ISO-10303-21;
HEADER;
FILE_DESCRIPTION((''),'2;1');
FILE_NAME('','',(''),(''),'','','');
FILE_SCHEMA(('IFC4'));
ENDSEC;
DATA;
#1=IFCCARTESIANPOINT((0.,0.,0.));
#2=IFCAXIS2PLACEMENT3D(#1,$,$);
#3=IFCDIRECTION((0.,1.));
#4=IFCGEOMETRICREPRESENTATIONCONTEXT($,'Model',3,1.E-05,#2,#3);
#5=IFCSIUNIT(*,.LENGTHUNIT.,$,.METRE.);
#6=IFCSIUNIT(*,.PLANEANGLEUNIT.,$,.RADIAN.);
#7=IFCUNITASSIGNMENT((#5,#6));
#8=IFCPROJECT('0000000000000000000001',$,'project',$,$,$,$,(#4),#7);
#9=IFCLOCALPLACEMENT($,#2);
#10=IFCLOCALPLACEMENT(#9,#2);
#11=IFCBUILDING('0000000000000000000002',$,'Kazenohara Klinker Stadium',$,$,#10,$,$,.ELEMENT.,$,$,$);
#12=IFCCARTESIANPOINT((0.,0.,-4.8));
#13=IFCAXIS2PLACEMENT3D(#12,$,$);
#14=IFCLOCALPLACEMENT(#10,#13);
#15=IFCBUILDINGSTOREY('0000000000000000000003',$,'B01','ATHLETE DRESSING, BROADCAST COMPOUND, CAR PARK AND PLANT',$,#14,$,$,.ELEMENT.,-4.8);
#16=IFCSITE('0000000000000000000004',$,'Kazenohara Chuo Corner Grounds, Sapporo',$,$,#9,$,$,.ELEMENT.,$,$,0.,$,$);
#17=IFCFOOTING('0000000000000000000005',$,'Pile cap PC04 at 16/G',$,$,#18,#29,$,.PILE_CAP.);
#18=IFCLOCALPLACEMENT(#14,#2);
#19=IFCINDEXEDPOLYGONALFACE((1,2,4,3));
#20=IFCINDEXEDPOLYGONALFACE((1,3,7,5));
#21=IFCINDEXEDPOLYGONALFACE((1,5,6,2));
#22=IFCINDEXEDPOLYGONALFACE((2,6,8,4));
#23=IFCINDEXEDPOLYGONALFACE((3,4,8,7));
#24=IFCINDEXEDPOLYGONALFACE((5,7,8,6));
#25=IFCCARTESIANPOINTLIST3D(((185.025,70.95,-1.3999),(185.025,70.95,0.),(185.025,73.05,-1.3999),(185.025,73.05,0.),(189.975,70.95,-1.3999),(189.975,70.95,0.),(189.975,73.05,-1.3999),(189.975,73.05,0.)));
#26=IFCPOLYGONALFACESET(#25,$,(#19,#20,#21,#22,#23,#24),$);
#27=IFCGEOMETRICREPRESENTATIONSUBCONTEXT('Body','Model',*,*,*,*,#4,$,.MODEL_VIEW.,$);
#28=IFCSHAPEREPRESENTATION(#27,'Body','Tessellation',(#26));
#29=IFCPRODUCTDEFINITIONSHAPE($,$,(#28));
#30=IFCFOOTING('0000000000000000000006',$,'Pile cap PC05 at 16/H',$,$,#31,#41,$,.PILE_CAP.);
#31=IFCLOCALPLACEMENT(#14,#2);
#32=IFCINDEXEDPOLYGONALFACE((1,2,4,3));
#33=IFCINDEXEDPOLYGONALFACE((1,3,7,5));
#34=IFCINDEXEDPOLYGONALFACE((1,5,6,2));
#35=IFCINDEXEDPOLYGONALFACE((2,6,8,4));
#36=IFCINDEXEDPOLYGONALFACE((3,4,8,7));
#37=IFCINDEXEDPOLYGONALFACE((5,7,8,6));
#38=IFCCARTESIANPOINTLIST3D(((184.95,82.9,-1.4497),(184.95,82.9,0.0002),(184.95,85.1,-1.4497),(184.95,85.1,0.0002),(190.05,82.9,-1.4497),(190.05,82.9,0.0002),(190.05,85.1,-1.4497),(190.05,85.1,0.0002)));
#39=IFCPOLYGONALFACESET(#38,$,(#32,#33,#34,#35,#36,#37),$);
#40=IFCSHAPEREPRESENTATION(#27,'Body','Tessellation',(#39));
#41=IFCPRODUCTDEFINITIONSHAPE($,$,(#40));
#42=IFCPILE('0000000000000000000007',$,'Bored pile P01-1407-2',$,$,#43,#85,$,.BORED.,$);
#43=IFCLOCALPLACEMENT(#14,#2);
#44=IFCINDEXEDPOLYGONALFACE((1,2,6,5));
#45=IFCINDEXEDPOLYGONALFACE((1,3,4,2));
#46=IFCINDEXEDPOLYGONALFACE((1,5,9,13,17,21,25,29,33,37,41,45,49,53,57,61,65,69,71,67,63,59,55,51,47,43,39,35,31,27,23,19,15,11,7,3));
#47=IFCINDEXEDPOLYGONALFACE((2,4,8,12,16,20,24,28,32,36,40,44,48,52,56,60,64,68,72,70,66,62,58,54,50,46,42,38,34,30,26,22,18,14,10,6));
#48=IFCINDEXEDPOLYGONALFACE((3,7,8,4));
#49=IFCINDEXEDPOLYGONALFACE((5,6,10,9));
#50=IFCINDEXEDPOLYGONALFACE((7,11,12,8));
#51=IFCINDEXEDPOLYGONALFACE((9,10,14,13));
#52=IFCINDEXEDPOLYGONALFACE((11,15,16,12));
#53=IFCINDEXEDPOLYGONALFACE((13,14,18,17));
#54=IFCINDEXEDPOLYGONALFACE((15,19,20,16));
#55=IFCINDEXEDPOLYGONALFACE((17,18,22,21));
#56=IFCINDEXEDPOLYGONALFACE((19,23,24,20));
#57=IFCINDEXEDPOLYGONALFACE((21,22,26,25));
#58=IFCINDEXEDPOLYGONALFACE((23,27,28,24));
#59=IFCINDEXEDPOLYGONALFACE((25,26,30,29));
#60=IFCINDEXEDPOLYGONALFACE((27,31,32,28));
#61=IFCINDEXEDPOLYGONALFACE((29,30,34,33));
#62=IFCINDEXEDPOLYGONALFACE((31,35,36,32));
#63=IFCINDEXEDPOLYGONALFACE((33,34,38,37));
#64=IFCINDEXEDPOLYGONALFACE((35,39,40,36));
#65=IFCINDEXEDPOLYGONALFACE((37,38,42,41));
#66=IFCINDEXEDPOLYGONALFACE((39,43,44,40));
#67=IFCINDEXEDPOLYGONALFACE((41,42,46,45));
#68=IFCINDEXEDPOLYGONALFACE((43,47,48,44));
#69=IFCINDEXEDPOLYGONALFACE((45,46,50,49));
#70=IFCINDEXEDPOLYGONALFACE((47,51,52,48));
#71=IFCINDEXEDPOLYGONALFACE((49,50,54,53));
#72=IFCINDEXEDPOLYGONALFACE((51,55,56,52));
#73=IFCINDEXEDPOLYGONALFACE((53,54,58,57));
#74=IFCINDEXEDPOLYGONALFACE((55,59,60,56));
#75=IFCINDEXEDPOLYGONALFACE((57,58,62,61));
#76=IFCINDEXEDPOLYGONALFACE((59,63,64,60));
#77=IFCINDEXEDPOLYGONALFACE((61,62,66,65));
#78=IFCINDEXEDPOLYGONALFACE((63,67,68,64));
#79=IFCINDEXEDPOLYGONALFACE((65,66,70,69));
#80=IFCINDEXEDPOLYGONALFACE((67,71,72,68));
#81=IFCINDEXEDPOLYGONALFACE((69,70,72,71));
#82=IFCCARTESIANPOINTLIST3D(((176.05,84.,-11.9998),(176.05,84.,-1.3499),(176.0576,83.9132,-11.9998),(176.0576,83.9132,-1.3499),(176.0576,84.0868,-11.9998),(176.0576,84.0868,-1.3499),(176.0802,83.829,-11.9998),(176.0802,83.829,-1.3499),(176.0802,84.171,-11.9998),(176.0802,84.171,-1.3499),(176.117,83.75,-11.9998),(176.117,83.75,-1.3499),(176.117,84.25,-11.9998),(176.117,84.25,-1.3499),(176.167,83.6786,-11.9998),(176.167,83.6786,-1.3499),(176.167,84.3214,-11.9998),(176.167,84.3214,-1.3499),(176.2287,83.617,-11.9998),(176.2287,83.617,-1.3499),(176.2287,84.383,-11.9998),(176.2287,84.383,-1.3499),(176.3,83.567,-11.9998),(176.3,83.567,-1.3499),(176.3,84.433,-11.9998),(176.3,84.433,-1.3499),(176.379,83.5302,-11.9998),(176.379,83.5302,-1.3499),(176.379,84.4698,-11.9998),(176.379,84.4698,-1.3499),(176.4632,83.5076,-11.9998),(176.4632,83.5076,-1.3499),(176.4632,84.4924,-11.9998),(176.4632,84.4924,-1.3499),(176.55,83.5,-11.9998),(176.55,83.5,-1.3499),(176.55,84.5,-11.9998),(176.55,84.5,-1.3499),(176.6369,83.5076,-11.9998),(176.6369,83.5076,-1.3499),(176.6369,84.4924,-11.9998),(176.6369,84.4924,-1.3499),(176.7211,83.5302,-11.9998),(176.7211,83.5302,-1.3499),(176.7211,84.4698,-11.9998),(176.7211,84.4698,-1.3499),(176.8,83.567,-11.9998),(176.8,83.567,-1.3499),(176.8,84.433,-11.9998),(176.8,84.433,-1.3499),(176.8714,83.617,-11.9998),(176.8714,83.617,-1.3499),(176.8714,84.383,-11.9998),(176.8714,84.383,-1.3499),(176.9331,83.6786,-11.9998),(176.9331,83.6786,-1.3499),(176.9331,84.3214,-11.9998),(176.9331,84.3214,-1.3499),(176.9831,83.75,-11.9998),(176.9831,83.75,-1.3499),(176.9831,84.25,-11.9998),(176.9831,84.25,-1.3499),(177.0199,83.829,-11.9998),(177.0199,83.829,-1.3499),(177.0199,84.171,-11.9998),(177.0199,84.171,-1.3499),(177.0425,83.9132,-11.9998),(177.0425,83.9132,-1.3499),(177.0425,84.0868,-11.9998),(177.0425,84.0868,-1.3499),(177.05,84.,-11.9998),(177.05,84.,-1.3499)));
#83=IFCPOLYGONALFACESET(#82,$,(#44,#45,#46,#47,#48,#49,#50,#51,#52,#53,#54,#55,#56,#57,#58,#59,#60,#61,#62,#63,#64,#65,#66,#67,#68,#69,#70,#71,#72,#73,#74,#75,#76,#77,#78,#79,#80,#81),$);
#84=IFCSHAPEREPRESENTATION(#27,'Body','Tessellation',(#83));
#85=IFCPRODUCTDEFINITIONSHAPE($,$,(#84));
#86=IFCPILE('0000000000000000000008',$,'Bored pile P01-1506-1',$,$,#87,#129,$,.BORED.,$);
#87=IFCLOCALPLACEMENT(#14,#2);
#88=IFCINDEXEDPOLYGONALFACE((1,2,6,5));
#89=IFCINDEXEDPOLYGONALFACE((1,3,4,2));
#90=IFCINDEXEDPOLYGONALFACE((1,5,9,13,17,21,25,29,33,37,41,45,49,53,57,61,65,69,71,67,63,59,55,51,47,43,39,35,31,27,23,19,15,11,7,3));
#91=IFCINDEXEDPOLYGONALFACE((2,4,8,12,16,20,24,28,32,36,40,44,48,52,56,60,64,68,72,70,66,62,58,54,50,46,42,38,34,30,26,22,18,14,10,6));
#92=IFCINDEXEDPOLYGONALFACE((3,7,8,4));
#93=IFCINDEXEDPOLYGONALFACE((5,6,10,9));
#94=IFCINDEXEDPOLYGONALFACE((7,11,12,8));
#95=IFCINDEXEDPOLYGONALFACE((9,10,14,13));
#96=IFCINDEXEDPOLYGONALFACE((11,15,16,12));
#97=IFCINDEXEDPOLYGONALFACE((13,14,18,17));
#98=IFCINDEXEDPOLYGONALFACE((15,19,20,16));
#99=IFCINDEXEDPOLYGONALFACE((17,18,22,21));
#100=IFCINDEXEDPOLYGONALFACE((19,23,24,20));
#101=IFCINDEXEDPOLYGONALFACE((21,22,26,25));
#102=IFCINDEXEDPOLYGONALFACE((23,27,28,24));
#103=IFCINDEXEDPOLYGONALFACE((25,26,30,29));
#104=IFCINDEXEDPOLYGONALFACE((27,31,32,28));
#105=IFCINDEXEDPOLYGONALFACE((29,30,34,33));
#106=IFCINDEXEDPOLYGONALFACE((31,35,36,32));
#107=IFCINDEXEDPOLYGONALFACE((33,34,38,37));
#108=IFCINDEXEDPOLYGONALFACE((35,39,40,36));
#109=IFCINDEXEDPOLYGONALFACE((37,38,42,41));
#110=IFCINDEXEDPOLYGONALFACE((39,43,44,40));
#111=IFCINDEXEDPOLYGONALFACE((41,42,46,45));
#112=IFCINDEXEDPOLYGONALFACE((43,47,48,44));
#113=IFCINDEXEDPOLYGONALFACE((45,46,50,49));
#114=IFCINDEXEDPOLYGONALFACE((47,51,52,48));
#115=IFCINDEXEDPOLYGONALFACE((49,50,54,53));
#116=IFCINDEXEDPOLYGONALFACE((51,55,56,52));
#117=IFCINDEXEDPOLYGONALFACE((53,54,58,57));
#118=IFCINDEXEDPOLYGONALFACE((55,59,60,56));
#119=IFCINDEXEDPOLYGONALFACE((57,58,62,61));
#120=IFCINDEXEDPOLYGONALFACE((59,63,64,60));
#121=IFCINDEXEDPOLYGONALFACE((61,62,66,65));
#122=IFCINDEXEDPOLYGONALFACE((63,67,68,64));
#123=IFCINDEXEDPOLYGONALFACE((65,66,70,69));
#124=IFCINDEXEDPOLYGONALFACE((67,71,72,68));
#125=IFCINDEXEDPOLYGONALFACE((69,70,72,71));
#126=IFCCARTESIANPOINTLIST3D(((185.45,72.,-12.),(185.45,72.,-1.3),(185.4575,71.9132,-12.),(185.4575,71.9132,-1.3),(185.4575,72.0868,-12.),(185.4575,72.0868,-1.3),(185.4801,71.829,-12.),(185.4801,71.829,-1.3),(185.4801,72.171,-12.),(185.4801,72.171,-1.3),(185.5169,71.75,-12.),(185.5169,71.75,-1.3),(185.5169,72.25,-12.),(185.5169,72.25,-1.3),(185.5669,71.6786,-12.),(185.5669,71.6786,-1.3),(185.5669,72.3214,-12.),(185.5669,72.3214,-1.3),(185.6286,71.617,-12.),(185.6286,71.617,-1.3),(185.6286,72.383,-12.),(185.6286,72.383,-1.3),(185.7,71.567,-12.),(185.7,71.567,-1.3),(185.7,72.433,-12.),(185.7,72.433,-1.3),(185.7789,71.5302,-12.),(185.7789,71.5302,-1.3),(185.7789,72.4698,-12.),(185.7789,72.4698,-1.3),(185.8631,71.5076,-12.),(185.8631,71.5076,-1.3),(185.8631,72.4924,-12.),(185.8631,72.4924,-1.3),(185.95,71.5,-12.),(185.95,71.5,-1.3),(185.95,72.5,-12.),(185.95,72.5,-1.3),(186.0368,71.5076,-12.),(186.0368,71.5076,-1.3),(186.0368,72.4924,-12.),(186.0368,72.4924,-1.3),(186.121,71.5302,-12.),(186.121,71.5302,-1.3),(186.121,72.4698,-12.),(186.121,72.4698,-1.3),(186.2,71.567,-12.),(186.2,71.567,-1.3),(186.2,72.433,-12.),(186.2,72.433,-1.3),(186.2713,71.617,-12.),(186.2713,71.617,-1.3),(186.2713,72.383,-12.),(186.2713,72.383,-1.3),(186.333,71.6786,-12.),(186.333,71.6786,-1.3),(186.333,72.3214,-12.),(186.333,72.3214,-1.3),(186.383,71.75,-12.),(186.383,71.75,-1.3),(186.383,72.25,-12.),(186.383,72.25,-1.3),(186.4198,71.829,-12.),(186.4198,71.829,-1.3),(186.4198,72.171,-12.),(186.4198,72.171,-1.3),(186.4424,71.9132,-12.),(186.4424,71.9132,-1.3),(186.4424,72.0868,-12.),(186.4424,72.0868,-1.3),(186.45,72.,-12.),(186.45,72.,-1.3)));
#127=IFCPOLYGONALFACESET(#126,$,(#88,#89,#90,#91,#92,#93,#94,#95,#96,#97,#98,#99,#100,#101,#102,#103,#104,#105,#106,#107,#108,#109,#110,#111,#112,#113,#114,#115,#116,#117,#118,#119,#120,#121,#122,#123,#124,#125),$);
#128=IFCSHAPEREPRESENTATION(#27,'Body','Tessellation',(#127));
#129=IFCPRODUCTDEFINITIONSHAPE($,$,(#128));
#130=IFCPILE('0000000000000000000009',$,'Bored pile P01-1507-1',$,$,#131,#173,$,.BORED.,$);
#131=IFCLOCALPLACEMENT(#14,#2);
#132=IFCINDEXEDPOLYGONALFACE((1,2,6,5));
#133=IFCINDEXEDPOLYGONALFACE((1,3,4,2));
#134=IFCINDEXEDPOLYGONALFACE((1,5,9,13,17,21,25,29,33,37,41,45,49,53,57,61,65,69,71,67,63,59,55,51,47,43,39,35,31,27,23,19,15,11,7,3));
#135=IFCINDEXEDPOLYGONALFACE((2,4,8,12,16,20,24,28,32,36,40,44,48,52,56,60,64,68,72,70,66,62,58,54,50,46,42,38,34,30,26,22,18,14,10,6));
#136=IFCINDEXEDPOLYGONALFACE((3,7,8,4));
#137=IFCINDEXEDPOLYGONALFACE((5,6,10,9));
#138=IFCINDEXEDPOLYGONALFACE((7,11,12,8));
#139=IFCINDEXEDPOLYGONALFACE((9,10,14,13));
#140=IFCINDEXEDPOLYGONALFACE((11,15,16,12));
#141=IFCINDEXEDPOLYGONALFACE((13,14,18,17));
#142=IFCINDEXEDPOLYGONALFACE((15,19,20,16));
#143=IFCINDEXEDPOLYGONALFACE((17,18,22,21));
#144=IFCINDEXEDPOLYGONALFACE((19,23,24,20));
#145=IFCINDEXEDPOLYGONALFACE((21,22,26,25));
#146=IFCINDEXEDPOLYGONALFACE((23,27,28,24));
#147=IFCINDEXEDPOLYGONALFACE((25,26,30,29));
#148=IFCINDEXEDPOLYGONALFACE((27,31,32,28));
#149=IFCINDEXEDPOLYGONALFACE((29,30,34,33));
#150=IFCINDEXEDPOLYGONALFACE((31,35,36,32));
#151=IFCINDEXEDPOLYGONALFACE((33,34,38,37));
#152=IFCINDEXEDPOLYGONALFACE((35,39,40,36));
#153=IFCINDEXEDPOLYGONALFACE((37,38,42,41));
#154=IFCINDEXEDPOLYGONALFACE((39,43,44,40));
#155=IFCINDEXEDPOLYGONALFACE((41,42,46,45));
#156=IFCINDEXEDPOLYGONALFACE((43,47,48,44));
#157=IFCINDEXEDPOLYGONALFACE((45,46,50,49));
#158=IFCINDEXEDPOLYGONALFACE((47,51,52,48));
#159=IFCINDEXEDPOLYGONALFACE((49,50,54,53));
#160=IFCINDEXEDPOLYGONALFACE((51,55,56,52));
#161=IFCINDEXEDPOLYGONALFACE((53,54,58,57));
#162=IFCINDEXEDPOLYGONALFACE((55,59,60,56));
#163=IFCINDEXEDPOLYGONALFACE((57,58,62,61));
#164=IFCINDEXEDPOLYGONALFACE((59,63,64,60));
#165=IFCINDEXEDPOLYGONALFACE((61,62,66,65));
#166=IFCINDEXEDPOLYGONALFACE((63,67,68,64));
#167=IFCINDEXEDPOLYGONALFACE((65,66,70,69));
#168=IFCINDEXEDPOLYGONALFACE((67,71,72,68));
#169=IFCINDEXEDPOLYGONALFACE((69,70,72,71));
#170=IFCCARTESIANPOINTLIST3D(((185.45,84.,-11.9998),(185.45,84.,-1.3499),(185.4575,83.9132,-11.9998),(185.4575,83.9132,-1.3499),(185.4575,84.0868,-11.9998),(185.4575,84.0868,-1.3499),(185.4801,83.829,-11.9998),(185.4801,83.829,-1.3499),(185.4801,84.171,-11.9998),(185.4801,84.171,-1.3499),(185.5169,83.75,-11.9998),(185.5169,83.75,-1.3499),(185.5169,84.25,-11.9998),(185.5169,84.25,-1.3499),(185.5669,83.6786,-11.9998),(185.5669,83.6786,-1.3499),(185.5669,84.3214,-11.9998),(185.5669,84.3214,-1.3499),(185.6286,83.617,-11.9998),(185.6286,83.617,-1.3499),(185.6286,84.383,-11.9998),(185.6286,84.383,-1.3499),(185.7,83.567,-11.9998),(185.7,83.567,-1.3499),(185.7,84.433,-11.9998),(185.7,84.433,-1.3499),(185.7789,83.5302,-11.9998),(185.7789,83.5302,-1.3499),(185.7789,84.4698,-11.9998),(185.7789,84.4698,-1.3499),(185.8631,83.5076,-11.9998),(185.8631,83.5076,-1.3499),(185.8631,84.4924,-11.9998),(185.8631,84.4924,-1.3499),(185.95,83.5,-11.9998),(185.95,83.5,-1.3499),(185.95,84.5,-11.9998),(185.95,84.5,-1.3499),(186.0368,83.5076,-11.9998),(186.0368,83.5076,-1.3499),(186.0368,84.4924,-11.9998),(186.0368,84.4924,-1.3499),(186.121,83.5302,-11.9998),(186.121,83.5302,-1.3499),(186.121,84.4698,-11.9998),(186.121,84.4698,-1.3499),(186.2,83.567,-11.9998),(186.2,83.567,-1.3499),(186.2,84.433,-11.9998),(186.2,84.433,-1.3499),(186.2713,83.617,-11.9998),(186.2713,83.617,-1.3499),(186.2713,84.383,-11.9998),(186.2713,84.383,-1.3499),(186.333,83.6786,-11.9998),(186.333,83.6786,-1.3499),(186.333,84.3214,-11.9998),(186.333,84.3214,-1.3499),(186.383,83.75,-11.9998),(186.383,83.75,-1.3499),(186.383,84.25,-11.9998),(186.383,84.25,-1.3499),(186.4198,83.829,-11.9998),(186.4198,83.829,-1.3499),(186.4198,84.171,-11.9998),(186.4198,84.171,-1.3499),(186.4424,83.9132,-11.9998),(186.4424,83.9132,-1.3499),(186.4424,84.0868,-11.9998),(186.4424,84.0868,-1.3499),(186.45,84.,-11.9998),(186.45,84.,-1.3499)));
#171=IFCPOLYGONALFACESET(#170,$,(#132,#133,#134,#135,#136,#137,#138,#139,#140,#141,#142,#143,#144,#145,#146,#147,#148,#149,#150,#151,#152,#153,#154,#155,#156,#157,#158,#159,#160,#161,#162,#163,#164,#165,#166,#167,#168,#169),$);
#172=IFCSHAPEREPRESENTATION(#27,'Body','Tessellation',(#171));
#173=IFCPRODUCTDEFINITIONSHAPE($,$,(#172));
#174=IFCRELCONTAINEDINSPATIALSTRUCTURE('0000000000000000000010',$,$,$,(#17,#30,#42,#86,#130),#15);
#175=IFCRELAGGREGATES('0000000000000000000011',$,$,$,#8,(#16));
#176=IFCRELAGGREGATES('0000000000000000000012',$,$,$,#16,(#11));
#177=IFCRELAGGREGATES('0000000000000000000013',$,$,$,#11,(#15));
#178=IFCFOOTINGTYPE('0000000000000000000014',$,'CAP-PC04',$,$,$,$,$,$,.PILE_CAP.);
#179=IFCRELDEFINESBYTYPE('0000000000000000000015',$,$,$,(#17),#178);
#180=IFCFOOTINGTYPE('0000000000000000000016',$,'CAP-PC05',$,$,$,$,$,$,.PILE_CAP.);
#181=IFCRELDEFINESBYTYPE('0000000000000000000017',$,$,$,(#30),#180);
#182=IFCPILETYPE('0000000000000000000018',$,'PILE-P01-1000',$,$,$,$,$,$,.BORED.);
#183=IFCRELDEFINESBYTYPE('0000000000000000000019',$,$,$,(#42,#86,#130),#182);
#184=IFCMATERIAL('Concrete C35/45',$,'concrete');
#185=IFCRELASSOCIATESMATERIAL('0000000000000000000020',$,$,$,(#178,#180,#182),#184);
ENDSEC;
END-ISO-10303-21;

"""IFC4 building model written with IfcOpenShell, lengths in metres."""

from ifc_helpers import new_model, si_unit, direction, frame, origin, origin_2d, place, context, subcontext, project, spatial, rectangle, circle, extrude, material, material_profile, profile_set, type_object, element, save


model = new_model("IFC4")

# Units and contexts
model_context = context("Model", 3, precision=1e-05, world=origin(), true_north=direction((0.0, 1.0)))
body_context = subcontext(model_context, "Body", "Model", "MODEL_VIEW")
ifc_project = project(units=[si_unit("LENGTHUNIT", "METRE"), si_unit("PLANEANGLEUNIT", "RADIAN")], contexts=[model_context])

# Site, building, storey
site_placement = place(None, origin())
site = spatial("IfcSite", under=ifc_project, at=site_placement, Name="Kazenohara Chuo Corner Grounds, Sapporo", CompositionType="ELEMENT", RefElevation=0.0)
building_placement = place(site_placement, origin())
building = spatial("IfcBuilding", under=site, at=building_placement, Name="Kazenohara Klinker Stadium", CompositionType="ELEMENT")
storey_placement = place(building_placement, frame((0.0, 0.0, -4.8)))
storey = spatial("IfcBuildingStorey", under=building, at=storey_placement, Name="B01", Description="ATHLETE DRESSING, BROADCAST COMPOUND, CAR PARK AND PLANT", CompositionType="ELEMENT", Elevation=-4.8)

# Footings
ifc_material_1 = material(Name="Concrete C35/45", Category="concrete")
footing_type_1 = type_object("IfcFootingType", Name="CAP-PC04", PredefinedType="PILE_CAP", material=ifc_material_1)
footing_1_placement = place(storey_placement, frame((187.5, 72.0, -1.3999), z_axis=(0.0, 0.0, 1.0), x_axis=(1.0, 0.0, 0.0)))
element("IfcFooting", 1, at=footing_1_placement, inside=storey, type_object=footing_type_1, Name="Pile cap PC04 at 16/G", PredefinedType="PILE_CAP", context=body_context, shape_type="SweptSolid", body=[
    extrude(rectangle(XDim=4.95, YDim=2.1001, at=origin_2d()), origin(), (0.0, 0.0, 1.0), 1.3999),
])
footing_type_2 = type_object("IfcFootingType", Name="CAP-PC05", PredefinedType="PILE_CAP", material=ifc_material_1)
footing_2_placement = place(storey_placement, frame((187.5, 84.0, -1.4497), z_axis=(0.0, 0.0, 1.0), x_axis=(1.0, 0.0, 0.0)))
element("IfcFooting", 2, at=footing_2_placement, inside=storey, type_object=footing_type_2, Name="Pile cap PC05 at 16/H", PredefinedType="PILE_CAP", context=body_context, shape_type="SweptSolid", body=[
    extrude(rectangle(XDim=5.1001, YDim=2.2, at=origin_2d()), origin(), (0.0, 0.0, 1.0), 1.45),
])

# Piles
ifc_material_profile_1 = material_profile(ifc_material_1, circle(Radius=0.5, at=origin_2d()), Name="BORED-PILE-1000")
ifc_profile_set_1 = profile_set([ifc_material_profile_1], Name="Concrete C35/45")
pile_type_1 = type_object("IfcPileType", Name="PILE-P01-1000", PredefinedType="BORED", material=ifc_profile_set_1)
pile_1_placement = place(storey_placement, frame((176.55, 84.0, -1.3499), z_axis=(0.0, 0.0, -1.0), x_axis=(1.0, 0.0, 0.0)))
element("IfcPile", 3, at=pile_1_placement, inside=storey, type_object=pile_type_1, Name="Bored pile P01-1407-2", PredefinedType="BORED", context=body_context, shape_type="SweptSolid", body=[
    extrude(circle(Radius=0.5, at=origin_2d()), origin(), (0.0, 0.0, 1.0), 10.6499),
])
pile_2_placement = place(storey_placement, frame((185.95, 72.0, -1.3), z_axis=(0.0, 0.0, -1.0), x_axis=(1.0, 0.0, 0.0)))
element("IfcPile", 4, at=pile_2_placement, inside=storey, type_object=pile_type_1, Name="Bored pile P01-1506-1", PredefinedType="BORED", context=body_context, shape_type="SweptSolid", body=[
    extrude(circle(Radius=0.5, at=origin_2d()), origin(), (0.0, 0.0, 1.0), 10.7),
])
pile_3_placement = place(storey_placement, frame((185.95, 84.0, -1.3499), z_axis=(0.0, 0.0, -1.0), x_axis=(1.0, 0.0, 0.0)))
element("IfcPile", 5, at=pile_3_placement, inside=storey, type_object=pile_type_1, Name="Bored pile P01-1507-1", PredefinedType="BORED", context=body_context, shape_type="SweptSolid", body=[
    extrude(circle(Radius=0.5, at=origin_2d()), origin(), (0.0, 0.0, 1.0), 10.6499),
])

save(model, "model.ifc")
